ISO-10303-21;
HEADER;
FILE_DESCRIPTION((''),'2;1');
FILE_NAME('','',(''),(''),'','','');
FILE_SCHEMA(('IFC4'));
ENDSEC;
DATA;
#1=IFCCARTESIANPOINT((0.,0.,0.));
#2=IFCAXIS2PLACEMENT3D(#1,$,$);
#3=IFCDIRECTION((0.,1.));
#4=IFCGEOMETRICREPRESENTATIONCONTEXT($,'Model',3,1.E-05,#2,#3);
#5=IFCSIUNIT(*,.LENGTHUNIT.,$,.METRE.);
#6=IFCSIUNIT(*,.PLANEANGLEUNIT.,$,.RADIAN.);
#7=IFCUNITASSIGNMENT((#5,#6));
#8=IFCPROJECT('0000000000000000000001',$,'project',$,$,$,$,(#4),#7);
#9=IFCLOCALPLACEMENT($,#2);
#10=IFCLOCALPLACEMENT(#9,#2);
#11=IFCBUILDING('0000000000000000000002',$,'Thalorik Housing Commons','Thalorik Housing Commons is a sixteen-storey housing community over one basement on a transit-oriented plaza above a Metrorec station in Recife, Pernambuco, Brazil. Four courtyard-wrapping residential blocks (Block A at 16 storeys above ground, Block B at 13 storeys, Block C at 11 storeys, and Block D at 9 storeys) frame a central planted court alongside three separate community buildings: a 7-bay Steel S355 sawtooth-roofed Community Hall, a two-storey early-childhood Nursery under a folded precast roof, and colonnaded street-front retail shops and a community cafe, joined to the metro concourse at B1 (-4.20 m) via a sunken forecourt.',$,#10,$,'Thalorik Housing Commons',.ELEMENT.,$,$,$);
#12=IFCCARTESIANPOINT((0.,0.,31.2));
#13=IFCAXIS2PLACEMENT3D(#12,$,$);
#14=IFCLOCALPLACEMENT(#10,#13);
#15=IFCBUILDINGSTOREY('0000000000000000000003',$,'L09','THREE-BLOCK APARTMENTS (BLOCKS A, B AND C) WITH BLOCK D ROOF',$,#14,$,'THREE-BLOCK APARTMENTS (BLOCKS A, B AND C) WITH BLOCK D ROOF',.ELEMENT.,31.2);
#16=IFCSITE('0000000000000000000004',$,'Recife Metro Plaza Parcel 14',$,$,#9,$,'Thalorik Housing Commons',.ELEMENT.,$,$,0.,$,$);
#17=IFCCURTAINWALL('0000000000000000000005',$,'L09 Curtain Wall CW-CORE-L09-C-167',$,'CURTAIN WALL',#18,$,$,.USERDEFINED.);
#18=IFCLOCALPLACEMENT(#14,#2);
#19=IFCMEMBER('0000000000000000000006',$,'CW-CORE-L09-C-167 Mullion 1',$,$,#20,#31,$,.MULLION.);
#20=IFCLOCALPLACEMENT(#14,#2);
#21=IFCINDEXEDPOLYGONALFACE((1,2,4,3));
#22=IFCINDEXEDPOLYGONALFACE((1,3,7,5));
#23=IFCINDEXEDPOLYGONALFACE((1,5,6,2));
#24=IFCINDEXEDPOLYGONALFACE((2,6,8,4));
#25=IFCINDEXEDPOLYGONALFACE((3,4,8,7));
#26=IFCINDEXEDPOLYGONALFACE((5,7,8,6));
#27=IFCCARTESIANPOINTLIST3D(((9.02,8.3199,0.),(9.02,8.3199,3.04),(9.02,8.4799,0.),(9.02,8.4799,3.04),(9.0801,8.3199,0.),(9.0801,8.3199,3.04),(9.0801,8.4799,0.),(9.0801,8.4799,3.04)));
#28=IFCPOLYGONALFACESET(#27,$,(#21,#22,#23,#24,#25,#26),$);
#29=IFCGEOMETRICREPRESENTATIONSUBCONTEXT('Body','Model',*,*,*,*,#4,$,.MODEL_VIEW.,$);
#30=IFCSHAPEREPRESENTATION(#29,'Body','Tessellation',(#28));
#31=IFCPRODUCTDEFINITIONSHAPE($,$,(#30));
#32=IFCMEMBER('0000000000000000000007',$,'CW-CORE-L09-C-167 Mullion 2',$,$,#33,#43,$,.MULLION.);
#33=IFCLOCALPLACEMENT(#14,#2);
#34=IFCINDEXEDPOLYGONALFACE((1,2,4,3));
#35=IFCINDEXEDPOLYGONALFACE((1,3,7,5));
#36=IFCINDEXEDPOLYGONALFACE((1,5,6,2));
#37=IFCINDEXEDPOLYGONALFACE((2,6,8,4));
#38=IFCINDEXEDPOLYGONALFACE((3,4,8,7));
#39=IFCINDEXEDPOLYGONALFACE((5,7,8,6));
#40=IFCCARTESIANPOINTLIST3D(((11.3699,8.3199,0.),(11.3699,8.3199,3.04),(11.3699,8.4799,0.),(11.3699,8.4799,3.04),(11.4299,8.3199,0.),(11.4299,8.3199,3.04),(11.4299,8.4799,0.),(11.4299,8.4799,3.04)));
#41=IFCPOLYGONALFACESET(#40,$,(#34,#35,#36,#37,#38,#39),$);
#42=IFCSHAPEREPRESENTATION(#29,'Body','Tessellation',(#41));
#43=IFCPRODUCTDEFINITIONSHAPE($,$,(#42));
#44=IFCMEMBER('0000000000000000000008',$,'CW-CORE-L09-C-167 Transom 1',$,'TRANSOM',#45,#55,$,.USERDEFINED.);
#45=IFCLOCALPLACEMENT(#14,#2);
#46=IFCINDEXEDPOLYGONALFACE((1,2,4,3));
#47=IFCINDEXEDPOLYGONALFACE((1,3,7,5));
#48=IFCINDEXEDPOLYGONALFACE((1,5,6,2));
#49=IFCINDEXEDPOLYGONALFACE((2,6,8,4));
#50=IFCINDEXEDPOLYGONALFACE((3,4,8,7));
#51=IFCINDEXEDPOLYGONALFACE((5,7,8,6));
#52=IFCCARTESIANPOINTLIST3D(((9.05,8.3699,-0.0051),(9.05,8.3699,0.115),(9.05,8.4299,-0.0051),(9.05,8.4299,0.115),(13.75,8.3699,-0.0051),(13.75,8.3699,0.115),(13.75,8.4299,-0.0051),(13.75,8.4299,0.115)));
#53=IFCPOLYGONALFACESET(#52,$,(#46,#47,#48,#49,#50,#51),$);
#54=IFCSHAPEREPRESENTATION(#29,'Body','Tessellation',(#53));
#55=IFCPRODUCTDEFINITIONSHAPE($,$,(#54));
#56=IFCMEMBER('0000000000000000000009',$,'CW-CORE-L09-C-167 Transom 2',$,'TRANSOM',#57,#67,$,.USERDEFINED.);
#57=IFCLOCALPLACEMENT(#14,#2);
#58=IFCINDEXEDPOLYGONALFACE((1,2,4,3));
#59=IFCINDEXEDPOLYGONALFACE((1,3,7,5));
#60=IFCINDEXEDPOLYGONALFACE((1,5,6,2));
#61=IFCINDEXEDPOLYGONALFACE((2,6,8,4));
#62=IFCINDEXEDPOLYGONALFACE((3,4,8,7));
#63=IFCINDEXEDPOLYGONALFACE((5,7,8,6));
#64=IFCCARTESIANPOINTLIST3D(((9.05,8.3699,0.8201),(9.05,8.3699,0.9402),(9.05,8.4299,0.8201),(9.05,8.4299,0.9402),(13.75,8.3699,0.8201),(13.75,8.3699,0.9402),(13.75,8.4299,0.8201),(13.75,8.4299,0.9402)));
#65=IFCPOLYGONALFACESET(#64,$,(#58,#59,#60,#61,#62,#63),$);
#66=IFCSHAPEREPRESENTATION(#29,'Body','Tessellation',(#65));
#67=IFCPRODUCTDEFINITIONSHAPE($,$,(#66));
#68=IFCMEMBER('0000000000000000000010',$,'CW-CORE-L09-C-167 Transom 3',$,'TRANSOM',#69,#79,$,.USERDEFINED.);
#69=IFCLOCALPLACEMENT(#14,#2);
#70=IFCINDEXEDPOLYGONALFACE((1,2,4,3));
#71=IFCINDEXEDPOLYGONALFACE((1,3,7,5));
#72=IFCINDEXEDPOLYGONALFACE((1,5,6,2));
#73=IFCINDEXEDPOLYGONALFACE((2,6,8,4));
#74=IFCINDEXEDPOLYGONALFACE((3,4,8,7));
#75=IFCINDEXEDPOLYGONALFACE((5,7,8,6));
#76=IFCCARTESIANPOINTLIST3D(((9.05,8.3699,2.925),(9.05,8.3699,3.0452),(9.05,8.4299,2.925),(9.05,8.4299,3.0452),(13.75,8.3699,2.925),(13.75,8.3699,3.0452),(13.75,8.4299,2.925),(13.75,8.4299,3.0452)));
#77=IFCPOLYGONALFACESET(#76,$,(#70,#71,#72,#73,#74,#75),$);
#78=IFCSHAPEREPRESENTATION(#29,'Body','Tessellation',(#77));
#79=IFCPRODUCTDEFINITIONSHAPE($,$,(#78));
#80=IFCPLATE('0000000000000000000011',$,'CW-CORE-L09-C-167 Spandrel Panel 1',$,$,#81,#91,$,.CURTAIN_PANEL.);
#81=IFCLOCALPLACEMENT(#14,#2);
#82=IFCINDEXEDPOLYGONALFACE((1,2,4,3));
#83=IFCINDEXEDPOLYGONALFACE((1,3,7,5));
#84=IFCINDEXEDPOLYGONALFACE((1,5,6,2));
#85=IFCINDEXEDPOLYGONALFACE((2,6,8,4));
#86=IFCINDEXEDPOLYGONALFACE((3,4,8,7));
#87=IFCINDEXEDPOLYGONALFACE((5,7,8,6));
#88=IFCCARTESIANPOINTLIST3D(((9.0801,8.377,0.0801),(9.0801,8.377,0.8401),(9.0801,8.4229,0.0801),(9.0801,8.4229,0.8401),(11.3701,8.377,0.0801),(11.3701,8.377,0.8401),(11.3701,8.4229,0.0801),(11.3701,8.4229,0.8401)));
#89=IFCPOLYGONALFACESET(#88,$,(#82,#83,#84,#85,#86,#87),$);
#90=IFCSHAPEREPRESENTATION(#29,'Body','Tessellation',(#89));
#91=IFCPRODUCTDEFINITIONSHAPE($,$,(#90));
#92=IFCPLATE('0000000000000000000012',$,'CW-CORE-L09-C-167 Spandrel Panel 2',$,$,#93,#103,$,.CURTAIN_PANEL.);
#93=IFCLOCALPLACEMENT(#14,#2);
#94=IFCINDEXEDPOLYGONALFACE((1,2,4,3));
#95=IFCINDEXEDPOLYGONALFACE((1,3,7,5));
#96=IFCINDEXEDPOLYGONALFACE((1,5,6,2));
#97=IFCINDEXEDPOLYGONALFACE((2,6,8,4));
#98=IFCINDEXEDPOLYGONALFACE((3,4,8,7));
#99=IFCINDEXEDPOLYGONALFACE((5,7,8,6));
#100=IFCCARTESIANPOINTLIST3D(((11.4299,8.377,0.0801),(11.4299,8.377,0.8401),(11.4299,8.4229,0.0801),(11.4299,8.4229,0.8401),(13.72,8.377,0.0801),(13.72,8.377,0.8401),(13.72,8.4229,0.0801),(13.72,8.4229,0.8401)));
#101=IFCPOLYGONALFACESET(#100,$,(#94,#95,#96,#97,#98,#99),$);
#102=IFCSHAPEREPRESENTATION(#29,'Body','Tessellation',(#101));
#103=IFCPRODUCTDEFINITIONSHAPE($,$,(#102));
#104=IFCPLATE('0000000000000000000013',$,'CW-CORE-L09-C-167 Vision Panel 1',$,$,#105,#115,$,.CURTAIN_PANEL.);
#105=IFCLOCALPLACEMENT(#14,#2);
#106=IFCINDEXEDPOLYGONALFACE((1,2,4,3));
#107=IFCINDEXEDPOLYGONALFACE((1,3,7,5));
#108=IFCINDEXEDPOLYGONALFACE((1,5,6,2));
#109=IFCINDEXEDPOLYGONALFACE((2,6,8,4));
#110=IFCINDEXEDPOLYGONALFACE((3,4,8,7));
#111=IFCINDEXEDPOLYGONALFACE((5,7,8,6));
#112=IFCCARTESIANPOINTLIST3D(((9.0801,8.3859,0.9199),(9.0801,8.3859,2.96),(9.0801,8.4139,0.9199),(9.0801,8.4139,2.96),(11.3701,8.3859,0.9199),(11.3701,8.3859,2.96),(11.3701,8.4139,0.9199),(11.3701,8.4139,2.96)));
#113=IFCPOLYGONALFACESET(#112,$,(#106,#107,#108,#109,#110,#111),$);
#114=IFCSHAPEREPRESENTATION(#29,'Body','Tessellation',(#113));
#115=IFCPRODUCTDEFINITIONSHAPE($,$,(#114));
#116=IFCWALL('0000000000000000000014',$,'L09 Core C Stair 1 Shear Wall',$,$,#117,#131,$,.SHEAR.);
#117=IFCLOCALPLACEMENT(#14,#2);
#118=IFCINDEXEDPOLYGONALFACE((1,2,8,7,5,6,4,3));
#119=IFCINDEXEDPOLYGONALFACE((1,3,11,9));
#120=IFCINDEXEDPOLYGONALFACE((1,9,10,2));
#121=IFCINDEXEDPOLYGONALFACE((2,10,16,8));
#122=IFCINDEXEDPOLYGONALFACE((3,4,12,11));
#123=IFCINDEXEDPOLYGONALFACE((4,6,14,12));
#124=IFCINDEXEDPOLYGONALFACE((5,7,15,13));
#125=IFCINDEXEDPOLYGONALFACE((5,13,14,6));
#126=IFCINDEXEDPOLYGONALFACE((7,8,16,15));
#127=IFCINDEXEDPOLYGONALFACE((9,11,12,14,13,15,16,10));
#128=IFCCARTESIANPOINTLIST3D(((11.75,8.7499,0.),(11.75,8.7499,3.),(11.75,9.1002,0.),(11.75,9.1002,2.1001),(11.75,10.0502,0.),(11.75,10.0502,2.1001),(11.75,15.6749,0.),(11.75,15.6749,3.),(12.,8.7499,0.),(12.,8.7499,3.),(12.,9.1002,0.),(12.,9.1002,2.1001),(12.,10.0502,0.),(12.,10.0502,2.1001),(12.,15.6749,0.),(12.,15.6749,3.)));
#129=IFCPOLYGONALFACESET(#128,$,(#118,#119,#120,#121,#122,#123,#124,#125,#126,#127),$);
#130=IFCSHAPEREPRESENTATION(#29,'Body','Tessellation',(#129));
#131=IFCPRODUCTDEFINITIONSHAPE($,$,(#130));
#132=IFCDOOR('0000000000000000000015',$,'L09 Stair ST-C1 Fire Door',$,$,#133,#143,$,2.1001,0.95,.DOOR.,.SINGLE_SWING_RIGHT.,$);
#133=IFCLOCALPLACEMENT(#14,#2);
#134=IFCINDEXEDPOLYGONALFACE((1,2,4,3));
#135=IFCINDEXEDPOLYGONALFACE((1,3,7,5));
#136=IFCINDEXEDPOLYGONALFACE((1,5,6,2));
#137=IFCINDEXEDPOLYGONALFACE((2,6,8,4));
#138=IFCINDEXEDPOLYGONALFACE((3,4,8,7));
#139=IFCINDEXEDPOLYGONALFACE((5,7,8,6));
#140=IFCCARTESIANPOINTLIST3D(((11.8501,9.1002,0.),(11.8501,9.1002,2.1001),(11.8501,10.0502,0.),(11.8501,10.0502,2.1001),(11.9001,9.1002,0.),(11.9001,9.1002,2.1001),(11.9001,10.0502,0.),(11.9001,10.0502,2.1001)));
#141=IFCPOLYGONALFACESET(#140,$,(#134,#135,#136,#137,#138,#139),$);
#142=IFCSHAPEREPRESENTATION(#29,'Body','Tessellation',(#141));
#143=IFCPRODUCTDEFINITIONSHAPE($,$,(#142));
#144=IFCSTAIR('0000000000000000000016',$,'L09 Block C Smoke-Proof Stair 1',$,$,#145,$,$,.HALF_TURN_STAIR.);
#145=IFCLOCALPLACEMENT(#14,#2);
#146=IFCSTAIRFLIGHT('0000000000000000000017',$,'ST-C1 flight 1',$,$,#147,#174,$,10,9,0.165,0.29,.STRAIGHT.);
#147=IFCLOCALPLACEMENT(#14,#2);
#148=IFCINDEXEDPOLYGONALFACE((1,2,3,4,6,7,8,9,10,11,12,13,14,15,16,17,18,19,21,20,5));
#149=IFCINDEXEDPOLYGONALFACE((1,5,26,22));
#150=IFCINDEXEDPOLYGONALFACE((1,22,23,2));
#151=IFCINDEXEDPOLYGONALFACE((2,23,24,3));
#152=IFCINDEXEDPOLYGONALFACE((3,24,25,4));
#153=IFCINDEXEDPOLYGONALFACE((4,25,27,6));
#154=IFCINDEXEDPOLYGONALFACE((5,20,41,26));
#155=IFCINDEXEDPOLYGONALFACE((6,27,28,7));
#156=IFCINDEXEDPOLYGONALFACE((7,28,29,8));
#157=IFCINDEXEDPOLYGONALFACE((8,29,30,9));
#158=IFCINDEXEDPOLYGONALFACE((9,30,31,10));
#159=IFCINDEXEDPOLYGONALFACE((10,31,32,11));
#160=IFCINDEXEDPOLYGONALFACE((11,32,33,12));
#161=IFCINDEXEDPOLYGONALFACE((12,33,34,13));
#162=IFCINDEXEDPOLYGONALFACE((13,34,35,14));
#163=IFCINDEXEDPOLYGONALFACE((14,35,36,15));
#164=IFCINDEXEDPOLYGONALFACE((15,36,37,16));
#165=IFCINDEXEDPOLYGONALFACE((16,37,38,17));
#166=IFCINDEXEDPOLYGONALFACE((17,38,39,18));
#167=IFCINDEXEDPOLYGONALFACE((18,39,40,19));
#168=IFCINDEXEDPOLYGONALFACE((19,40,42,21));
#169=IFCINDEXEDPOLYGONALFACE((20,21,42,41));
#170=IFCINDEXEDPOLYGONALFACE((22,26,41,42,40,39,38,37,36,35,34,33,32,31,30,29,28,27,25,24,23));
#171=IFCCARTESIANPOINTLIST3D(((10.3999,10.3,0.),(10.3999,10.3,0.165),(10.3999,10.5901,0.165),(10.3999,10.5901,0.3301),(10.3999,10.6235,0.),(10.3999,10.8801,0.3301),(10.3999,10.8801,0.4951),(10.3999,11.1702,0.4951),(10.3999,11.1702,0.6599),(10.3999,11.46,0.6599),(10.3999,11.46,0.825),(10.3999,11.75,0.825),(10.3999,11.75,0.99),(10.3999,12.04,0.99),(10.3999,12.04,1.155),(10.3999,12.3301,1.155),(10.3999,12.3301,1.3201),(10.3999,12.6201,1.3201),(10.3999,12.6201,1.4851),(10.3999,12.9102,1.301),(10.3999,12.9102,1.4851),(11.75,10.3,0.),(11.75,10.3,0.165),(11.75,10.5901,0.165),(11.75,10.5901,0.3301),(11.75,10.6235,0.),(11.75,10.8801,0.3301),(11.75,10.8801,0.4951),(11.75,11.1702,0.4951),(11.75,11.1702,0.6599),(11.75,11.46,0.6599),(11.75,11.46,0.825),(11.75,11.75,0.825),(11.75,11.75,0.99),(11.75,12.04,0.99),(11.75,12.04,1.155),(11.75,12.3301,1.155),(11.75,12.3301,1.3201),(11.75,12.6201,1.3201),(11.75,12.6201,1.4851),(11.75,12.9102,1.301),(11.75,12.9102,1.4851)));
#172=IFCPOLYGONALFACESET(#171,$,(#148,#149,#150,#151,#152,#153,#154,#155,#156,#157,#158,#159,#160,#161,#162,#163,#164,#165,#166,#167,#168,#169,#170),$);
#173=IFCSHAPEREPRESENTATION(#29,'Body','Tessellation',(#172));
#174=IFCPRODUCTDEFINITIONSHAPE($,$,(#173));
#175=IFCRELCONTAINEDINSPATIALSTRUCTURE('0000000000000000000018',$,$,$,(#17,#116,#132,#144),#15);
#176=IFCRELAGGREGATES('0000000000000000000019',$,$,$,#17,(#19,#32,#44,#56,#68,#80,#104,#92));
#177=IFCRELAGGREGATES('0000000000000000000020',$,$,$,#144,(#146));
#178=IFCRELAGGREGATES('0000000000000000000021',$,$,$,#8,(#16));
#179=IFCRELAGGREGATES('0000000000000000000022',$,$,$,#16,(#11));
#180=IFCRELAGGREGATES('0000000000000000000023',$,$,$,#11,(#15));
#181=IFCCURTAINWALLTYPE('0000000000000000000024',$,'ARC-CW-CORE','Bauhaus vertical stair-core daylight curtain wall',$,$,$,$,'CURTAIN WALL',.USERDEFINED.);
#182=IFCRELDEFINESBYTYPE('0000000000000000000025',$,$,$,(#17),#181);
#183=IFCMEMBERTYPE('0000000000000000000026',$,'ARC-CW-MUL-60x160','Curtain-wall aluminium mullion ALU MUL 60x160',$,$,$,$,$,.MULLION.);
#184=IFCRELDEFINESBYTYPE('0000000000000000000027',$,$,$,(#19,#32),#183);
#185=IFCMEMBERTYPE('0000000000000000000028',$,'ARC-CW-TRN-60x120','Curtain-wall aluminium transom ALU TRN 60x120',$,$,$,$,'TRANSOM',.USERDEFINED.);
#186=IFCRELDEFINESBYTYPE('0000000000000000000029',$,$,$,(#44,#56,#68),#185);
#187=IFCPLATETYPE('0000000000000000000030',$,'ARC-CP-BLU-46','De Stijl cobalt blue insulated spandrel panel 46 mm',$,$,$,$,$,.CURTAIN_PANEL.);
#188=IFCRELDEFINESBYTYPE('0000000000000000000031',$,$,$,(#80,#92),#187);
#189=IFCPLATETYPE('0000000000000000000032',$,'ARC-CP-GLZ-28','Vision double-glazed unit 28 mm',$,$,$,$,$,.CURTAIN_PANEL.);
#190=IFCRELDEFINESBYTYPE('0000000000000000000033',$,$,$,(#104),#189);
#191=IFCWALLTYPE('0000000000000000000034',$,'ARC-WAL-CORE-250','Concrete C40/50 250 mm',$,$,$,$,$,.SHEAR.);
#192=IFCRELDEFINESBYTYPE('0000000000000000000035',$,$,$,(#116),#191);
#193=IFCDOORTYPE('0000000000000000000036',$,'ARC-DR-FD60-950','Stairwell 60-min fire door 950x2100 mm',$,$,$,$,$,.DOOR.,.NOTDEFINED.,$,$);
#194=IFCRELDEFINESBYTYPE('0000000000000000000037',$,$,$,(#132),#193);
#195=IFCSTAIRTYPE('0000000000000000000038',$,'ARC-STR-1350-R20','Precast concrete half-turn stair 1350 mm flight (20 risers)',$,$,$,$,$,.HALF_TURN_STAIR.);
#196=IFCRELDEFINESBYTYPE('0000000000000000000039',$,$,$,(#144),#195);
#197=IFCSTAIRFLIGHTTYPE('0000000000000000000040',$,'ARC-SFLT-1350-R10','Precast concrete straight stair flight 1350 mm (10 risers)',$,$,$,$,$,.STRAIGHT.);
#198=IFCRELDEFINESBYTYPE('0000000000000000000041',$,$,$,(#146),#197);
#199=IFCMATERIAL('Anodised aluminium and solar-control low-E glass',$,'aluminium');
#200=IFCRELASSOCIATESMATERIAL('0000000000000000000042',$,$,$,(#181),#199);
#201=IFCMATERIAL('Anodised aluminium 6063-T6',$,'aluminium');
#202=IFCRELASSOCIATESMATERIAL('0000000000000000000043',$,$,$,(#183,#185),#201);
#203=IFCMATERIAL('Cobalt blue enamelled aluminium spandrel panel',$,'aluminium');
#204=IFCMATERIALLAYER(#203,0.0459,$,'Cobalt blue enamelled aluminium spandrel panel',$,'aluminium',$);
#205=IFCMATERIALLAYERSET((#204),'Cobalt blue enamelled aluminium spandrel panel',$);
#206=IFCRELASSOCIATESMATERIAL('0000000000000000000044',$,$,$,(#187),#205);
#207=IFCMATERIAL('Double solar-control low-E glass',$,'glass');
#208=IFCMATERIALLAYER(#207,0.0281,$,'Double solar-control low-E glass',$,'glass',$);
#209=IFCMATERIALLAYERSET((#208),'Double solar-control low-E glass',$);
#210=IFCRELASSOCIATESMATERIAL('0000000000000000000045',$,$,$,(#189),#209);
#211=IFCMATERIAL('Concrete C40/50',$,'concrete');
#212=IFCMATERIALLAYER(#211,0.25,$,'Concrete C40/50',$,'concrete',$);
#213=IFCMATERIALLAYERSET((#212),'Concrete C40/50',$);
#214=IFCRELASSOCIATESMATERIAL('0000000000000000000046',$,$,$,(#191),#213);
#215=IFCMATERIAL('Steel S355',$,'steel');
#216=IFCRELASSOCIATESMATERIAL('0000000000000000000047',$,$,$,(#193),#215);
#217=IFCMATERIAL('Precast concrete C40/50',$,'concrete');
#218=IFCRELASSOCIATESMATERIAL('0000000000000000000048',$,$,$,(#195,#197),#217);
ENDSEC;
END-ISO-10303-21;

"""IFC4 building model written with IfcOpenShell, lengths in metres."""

from ifc_helpers import new_model, si_unit, direction, frame, frame_2d, origin, origin_2d, place, context, subcontext, project, spatial, polyline, rectangle, outline, extrude, material, layer, layer_set, material_profile, profile_set, type_object, element, fill, aggregate, save


model = new_model("IFC4")

# Units and contexts
model_context = context("Model", 3, precision=1e-05, world=origin(), true_north=direction((0.0, 1.0)))
body_context = subcontext(model_context, "Body", "Model", "MODEL_VIEW")
ifc_project = project(units=[si_unit("LENGTHUNIT", "METRE"), si_unit("PLANEANGLEUNIT", "RADIAN")], contexts=[model_context])

# Site, building, storey
site_placement = place(None, origin())
site = spatial("IfcSite", under=ifc_project, at=site_placement, Name="Recife Metro Plaza Parcel 14", LongName="Thalorik Housing Commons", CompositionType="ELEMENT", RefElevation=0.0)
building_placement = place(site_placement, origin())
building = spatial("IfcBuilding", under=site, at=building_placement, Name="Thalorik Housing Commons", Description="Thalorik Housing Commons is a sixteen-storey housing community over one basement on a transit-oriented plaza above a Metrorec station in Recife, Pernambuco, Brazil. Four courtyard-wrapping residential blocks (Block A at 16 storeys above ground, Block B at 13 storeys, Block C at 11 storeys, and Block D at 9 storeys) frame a central planted court alongside three separate community buildings: a 7-bay Steel S355 sawtooth-roofed Community Hall, a two-storey early-childhood Nursery under a folded precast roof, and colonnaded street-front retail shops and a community cafe, joined to the metro concourse at B1 (-4.20 m) via a sunken forecourt.", LongName="Thalorik Housing Commons", CompositionType="ELEMENT")
storey_placement = place(building_placement, frame((0.0, 0.0, 31.2)))
storey = spatial("IfcBuildingStorey", under=building, at=storey_placement, Name="L09", Description="THREE-BLOCK APARTMENTS (BLOCKS A, B AND C) WITH BLOCK D ROOF", LongName="THREE-BLOCK APARTMENTS (BLOCKS A, B AND C) WITH BLOCK D ROOF", CompositionType="ELEMENT", Elevation=31.2)

# Curtain wall, members, plates
ifc_material_1 = material(Name="Anodised aluminium and solar-control low-E glass", Category="aluminium")
curtain_wall_type = type_object("IfcCurtainWallType", Name="ARC-CW-CORE", Description="Bauhaus vertical stair-core daylight curtain wall", ElementType="CURTAIN WALL", PredefinedType="USERDEFINED", material=ifc_material_1)
curtain_wall_placement = place(storey_placement, origin())
curtain_wall = element("IfcCurtainWall", 1, at=curtain_wall_placement, inside=storey, type_object=curtain_wall_type, Name="L09 Curtain Wall CW-CORE-L09-C-167", ObjectType="CURTAIN WALL", PredefinedType="USERDEFINED")
ifc_material_2 = material(Name="Anodised aluminium 6063-T6", Category="aluminium")
ifc_material_profile_1 = material_profile(ifc_material_2, rectangle(XDim=0.0601, YDim=0.1599, at=origin_2d()), Name="ALU MUL 60x160", Category="aluminium")
ifc_profile_set_1 = profile_set([ifc_material_profile_1], Name="Anodised aluminium 6063-T6")
member_type_1 = type_object("IfcMemberType", Name="ARC-CW-MUL-60x160", Description="Curtain-wall aluminium mullion ALU MUL 60x160", PredefinedType="MULLION", material=ifc_profile_set_1)
member_1_placement = place(storey_placement, frame((9.05, 8.3999, 0.0), z_axis=(0.0, 0.0, 1.0), x_axis=(1.0, 0.0, 0.0)))
member_1 = element("IfcMember", 2, at=member_1_placement, type_object=member_type_1, Name="CW-CORE-L09-C-167 Mullion 1", PredefinedType="MULLION", context=body_context, shape_type="SweptSolid", body=[
    extrude(rectangle(XDim=0.0601, YDim=0.1599, at=origin_2d()), origin(), (0.0, 0.0, 1.0), 3.04),
])
member_2_placement = place(storey_placement, frame((11.3999, 8.3999, 0.0), z_axis=(0.0, 0.0, 1.0), x_axis=(1.0, 0.0, 0.0)))
member_2 = element("IfcMember", 3, at=member_2_placement, type_object=member_type_1, Name="CW-CORE-L09-C-167 Mullion 2", PredefinedType="MULLION", context=body_context, shape_type="SweptSolid", body=[
    extrude(rectangle(XDim=0.0601, YDim=0.1599, at=origin_2d()), origin(), (0.0, 0.0, 1.0), 3.04),
])
ifc_material_profile_2 = material_profile(ifc_material_2, rectangle(XDim=0.0601, YDim=0.1201, at=origin_2d()), Name="ALU TRN 60x120", Category="aluminium")
ifc_profile_set_2 = profile_set([ifc_material_profile_2], Name="Anodised aluminium 6063-T6")
member_type_2 = type_object("IfcMemberType", Name="ARC-CW-TRN-60x120", Description="Curtain-wall aluminium transom ALU TRN 60x120", ElementType="TRANSOM", PredefinedType="USERDEFINED", material=ifc_profile_set_2)
member_3_placement = place(storey_placement, frame((9.05, 8.3999, 0.0549), z_axis=(1.0, 0.0, 0.0), x_axis=(0.0, 1.0, 0.0)))
member_3 = element("IfcMember", 4, at=member_3_placement, type_object=member_type_2, Name="CW-CORE-L09-C-167 Transom 1", ObjectType="TRANSOM", PredefinedType="USERDEFINED", context=body_context, shape_type="SweptSolid", body=[
    extrude(rectangle(XDim=0.0601, YDim=0.1201, at=origin_2d()), origin(), (0.0, 0.0, 1.0), 4.7),
])
member_4_placement = place(storey_placement, frame((9.05, 8.3999, 0.8801), z_axis=(1.0, 0.0, 0.0), x_axis=(0.0, 1.0, 0.0)))
member_4 = element("IfcMember", 5, at=member_4_placement, type_object=member_type_2, Name="CW-CORE-L09-C-167 Transom 2", ObjectType="TRANSOM", PredefinedType="USERDEFINED", context=body_context, shape_type="SweptSolid", body=[
    extrude(rectangle(XDim=0.0601, YDim=0.1201, at=origin_2d()), origin(), (0.0, 0.0, 1.0), 4.7),
])
member_5_placement = place(storey_placement, frame((9.05, 8.3999, 2.9851), z_axis=(1.0, 0.0, 0.0), x_axis=(0.0, 1.0, 0.0)))
member_5 = element("IfcMember", 6, at=member_5_placement, type_object=member_type_2, Name="CW-CORE-L09-C-167 Transom 3", ObjectType="TRANSOM", PredefinedType="USERDEFINED", context=body_context, shape_type="SweptSolid", body=[
    extrude(rectangle(XDim=0.0601, YDim=0.1201, at=origin_2d()), origin(), (0.0, 0.0, 1.0), 4.7),
])
ifc_material_3 = material(Name="Cobalt blue enamelled aluminium spandrel panel", Category="aluminium")
ifc_layer_1 = layer(ifc_material_3, 0.0459, Name="Cobalt blue enamelled aluminium spandrel panel", Category="aluminium")
ifc_layer_set_1 = layer_set([ifc_layer_1], Name="Cobalt blue enamelled aluminium spandrel panel")
plate_type_1 = type_object("IfcPlateType", Name="ARC-CP-BLU-46", Description="De Stijl cobalt blue insulated spandrel panel 46 mm", PredefinedType="CURTAIN_PANEL", material=ifc_layer_set_1)
plate_1_placement = place(storey_placement, frame((10.2251, 8.3999, 0.0801), z_axis=(0.0, 0.0, 1.0), x_axis=(1.0, 0.0, 0.0)))
plate_1 = element("IfcPlate", 7, at=plate_1_placement, type_object=plate_type_1, Name="CW-CORE-L09-C-167 Spandrel Panel 1", PredefinedType="CURTAIN_PANEL", context=body_context, shape_type="SweptSolid", body=[
    extrude(rectangle(XDim=2.29, YDim=0.0459, at=origin_2d()), origin(), (0.0, 0.0, 1.0), 0.76),
])
plate_2_placement = place(storey_placement, frame((12.575, 8.3999, 0.0801), z_axis=(0.0, 0.0, 1.0), x_axis=(1.0, 0.0, 0.0)))
plate_2 = element("IfcPlate", 8, at=plate_2_placement, type_object=plate_type_1, Name="CW-CORE-L09-C-167 Spandrel Panel 2", PredefinedType="CURTAIN_PANEL", context=body_context, shape_type="SweptSolid", body=[
    extrude(rectangle(XDim=2.29, YDim=0.0459, at=origin_2d()), origin(), (0.0, 0.0, 1.0), 0.76),
])
ifc_material_4 = material(Name="Double solar-control low-E glass", Category="glass")
ifc_layer_2 = layer(ifc_material_4, 0.0281, Name="Double solar-control low-E glass", Category="glass")
ifc_layer_set_2 = layer_set([ifc_layer_2], Name="Double solar-control low-E glass")
plate_type_2 = type_object("IfcPlateType", Name="ARC-CP-GLZ-28", Description="Vision double-glazed unit 28 mm", PredefinedType="CURTAIN_PANEL", material=ifc_layer_set_2)
plate_3_placement = place(storey_placement, frame((10.2251, 8.3999, 0.9199), z_axis=(0.0, 0.0, 1.0), x_axis=(1.0, 0.0, 0.0)))
plate_3 = element("IfcPlate", 9, at=plate_3_placement, type_object=plate_type_2, Name="CW-CORE-L09-C-167 Vision Panel 1", PredefinedType="CURTAIN_PANEL", context=body_context, shape_type="SweptSolid", body=[
    extrude(rectangle(XDim=2.29, YDim=0.0281, at=origin_2d()), origin(), (0.0, 0.0, 1.0), 2.04),
])
aggregate(curtain_wall, [member_1, member_2, member_3, member_4, member_5, plate_1, plate_3, plate_2])

# Wall, opening, door
ifc_material_5 = material(Name="Concrete C40/50", Category="concrete")
ifc_layer_3 = layer(ifc_material_5, 0.25, Name="Concrete C40/50", Category="concrete")
ifc_layer_set_3 = layer_set([ifc_layer_3], Name="Concrete C40/50")
wall_type = type_object("IfcWallType", Name="ARC-WAL-CORE-250", Description="Concrete C40/50 250 mm", PredefinedType="SHEAR", material=ifc_layer_set_3)
wall_1_placement = place(storey_placement, frame((11.875, 8.75, 0.0), z_axis=(0.0, 0.0, 1.0), x_axis=(0.0, 1.0, 0.0)))
wall_1 = element("IfcWall", 10, at=wall_1_placement, inside=storey, type_object=wall_type, Name="L09 Core C Stair 1 Shear Wall", PredefinedType="SHEAR", context=body_context, shape_type="SweptSolid", body=[
    extrude(rectangle(XDim=6.925, YDim=0.25, at=frame_2d((3.4624, 0.0))), origin(), (0.0, 0.0, 1.0), 3.0),
])
opening_1_placement = place(wall_1_placement, frame((0.3501, 0.0, 0.0)))
opening_1 = element("IfcOpeningElement", 11, at=opening_1_placement, cuts=wall_1, PredefinedType="OPENING", context=body_context, shape_type="SweptSolid", body=[
    extrude(rectangle(XDim=0.95, YDim=2.1001, at=frame_2d((0.4751, 1.05))), frame((0.0, 0.135, 0.0), z_axis=(0.0, -1.0, 0.0), x_axis=(1.0, 0.0, 0.0)), (0.0, 0.0, 1.0), 0.27),
])
ifc_material_6 = material(Name="Steel S355", Category="steel")
door_type_1 = type_object("IfcDoorType", Name="ARC-DR-FD60-950", Description="Stairwell 60-min fire door 950x2100 mm", OperationType="NOTDEFINED", PredefinedType="DOOR", material=ifc_material_6)
door_1_placement = place(opening_1_placement, origin())
door_1 = element("IfcDoor", 12, at=door_1_placement, inside=storey, type_object=door_type_1, Name="L09 Stair ST-C1 Fire Door", OperationType="SINGLE_SWING_RIGHT", OverallHeight=2.1001, OverallWidth=0.95, PredefinedType="DOOR", context=body_context, shape_type="SweptSolid", body=[
    extrude(rectangle(XDim=0.95, YDim=2.1001, at=frame_2d((0.4751, 1.05))), frame((0.0, 0.0249, 0.0), z_axis=(0.0, -1.0, 0.0), x_axis=(1.0, 0.0, 0.0)), (0.0, 0.0, 1.0), 0.05),
])
fill(opening_1, door_1)

# Stair, stair flight
ifc_material_7 = material(Name="Precast concrete C40/50", Category="concrete")
stair_type = type_object("IfcStairType", Name="ARC-STR-1350-R20", Description="Precast concrete half-turn stair 1350 mm flight (20 risers)", PredefinedType="HALF_TURN_STAIR", material=ifc_material_7)
stair_placement = place(storey_placement, origin())
stair = element("IfcStair", 13, at=stair_placement, inside=storey, type_object=stair_type, Name="L09 Block C Smoke-Proof Stair 1", PredefinedType="HALF_TURN_STAIR")
stair_flight_type = type_object("IfcStairFlightType", Name="ARC-SFLT-1350-R10", Description="Precast concrete straight stair flight 1350 mm (10 risers)", PredefinedType="STRAIGHT", material=ifc_material_7)
stair_flight_1_placement = place(storey_placement, frame((11.075, 10.3, 0.0), z_axis=(0.0, 0.0, 1.0), x_axis=(0.0, 1.0, 0.0)))
stair_flight_1 = element("IfcStairFlight", 14, at=stair_flight_1_placement, type_object=stair_flight_type, Name="ST-C1 flight 1", NumberOfRisers=10, NumberOfTreads=9, PredefinedType="STRAIGHT", RiserHeight=0.165, TreadLength=0.29, context=body_context, shape_type="SweptSolid", body=[
    extrude(outline(polyline([(0.0, 0.0), (0.0, 0.165), (0.29, 0.165), (0.29, 0.3301), (0.5801, 0.3301), (0.5801, 0.4951), (0.8701, 0.4951), (0.8701, 0.6599), (1.1599, 0.6599), (1.1599, 0.825), (1.45, 0.825), (1.45, 0.99), (1.74, 0.99), (1.74, 1.155), (2.03, 1.155), (2.03, 1.3201), (2.3201, 1.3201), (2.3201, 1.4851), (2.6101, 1.4851), (2.6101, 1.6499), (2.6101, 1.301), (0.3235, 0.0), (0.0, 0.0)])), frame((0.0, 0.675, 0.0), z_axis=(0.0, -1.0, 0.0), x_axis=(1.0, 0.0, 0.0)), (0.0, 0.0, 1.0), 1.3501),
])
aggregate(stair, [stair_flight_1])

save(model, "model.ifc")
